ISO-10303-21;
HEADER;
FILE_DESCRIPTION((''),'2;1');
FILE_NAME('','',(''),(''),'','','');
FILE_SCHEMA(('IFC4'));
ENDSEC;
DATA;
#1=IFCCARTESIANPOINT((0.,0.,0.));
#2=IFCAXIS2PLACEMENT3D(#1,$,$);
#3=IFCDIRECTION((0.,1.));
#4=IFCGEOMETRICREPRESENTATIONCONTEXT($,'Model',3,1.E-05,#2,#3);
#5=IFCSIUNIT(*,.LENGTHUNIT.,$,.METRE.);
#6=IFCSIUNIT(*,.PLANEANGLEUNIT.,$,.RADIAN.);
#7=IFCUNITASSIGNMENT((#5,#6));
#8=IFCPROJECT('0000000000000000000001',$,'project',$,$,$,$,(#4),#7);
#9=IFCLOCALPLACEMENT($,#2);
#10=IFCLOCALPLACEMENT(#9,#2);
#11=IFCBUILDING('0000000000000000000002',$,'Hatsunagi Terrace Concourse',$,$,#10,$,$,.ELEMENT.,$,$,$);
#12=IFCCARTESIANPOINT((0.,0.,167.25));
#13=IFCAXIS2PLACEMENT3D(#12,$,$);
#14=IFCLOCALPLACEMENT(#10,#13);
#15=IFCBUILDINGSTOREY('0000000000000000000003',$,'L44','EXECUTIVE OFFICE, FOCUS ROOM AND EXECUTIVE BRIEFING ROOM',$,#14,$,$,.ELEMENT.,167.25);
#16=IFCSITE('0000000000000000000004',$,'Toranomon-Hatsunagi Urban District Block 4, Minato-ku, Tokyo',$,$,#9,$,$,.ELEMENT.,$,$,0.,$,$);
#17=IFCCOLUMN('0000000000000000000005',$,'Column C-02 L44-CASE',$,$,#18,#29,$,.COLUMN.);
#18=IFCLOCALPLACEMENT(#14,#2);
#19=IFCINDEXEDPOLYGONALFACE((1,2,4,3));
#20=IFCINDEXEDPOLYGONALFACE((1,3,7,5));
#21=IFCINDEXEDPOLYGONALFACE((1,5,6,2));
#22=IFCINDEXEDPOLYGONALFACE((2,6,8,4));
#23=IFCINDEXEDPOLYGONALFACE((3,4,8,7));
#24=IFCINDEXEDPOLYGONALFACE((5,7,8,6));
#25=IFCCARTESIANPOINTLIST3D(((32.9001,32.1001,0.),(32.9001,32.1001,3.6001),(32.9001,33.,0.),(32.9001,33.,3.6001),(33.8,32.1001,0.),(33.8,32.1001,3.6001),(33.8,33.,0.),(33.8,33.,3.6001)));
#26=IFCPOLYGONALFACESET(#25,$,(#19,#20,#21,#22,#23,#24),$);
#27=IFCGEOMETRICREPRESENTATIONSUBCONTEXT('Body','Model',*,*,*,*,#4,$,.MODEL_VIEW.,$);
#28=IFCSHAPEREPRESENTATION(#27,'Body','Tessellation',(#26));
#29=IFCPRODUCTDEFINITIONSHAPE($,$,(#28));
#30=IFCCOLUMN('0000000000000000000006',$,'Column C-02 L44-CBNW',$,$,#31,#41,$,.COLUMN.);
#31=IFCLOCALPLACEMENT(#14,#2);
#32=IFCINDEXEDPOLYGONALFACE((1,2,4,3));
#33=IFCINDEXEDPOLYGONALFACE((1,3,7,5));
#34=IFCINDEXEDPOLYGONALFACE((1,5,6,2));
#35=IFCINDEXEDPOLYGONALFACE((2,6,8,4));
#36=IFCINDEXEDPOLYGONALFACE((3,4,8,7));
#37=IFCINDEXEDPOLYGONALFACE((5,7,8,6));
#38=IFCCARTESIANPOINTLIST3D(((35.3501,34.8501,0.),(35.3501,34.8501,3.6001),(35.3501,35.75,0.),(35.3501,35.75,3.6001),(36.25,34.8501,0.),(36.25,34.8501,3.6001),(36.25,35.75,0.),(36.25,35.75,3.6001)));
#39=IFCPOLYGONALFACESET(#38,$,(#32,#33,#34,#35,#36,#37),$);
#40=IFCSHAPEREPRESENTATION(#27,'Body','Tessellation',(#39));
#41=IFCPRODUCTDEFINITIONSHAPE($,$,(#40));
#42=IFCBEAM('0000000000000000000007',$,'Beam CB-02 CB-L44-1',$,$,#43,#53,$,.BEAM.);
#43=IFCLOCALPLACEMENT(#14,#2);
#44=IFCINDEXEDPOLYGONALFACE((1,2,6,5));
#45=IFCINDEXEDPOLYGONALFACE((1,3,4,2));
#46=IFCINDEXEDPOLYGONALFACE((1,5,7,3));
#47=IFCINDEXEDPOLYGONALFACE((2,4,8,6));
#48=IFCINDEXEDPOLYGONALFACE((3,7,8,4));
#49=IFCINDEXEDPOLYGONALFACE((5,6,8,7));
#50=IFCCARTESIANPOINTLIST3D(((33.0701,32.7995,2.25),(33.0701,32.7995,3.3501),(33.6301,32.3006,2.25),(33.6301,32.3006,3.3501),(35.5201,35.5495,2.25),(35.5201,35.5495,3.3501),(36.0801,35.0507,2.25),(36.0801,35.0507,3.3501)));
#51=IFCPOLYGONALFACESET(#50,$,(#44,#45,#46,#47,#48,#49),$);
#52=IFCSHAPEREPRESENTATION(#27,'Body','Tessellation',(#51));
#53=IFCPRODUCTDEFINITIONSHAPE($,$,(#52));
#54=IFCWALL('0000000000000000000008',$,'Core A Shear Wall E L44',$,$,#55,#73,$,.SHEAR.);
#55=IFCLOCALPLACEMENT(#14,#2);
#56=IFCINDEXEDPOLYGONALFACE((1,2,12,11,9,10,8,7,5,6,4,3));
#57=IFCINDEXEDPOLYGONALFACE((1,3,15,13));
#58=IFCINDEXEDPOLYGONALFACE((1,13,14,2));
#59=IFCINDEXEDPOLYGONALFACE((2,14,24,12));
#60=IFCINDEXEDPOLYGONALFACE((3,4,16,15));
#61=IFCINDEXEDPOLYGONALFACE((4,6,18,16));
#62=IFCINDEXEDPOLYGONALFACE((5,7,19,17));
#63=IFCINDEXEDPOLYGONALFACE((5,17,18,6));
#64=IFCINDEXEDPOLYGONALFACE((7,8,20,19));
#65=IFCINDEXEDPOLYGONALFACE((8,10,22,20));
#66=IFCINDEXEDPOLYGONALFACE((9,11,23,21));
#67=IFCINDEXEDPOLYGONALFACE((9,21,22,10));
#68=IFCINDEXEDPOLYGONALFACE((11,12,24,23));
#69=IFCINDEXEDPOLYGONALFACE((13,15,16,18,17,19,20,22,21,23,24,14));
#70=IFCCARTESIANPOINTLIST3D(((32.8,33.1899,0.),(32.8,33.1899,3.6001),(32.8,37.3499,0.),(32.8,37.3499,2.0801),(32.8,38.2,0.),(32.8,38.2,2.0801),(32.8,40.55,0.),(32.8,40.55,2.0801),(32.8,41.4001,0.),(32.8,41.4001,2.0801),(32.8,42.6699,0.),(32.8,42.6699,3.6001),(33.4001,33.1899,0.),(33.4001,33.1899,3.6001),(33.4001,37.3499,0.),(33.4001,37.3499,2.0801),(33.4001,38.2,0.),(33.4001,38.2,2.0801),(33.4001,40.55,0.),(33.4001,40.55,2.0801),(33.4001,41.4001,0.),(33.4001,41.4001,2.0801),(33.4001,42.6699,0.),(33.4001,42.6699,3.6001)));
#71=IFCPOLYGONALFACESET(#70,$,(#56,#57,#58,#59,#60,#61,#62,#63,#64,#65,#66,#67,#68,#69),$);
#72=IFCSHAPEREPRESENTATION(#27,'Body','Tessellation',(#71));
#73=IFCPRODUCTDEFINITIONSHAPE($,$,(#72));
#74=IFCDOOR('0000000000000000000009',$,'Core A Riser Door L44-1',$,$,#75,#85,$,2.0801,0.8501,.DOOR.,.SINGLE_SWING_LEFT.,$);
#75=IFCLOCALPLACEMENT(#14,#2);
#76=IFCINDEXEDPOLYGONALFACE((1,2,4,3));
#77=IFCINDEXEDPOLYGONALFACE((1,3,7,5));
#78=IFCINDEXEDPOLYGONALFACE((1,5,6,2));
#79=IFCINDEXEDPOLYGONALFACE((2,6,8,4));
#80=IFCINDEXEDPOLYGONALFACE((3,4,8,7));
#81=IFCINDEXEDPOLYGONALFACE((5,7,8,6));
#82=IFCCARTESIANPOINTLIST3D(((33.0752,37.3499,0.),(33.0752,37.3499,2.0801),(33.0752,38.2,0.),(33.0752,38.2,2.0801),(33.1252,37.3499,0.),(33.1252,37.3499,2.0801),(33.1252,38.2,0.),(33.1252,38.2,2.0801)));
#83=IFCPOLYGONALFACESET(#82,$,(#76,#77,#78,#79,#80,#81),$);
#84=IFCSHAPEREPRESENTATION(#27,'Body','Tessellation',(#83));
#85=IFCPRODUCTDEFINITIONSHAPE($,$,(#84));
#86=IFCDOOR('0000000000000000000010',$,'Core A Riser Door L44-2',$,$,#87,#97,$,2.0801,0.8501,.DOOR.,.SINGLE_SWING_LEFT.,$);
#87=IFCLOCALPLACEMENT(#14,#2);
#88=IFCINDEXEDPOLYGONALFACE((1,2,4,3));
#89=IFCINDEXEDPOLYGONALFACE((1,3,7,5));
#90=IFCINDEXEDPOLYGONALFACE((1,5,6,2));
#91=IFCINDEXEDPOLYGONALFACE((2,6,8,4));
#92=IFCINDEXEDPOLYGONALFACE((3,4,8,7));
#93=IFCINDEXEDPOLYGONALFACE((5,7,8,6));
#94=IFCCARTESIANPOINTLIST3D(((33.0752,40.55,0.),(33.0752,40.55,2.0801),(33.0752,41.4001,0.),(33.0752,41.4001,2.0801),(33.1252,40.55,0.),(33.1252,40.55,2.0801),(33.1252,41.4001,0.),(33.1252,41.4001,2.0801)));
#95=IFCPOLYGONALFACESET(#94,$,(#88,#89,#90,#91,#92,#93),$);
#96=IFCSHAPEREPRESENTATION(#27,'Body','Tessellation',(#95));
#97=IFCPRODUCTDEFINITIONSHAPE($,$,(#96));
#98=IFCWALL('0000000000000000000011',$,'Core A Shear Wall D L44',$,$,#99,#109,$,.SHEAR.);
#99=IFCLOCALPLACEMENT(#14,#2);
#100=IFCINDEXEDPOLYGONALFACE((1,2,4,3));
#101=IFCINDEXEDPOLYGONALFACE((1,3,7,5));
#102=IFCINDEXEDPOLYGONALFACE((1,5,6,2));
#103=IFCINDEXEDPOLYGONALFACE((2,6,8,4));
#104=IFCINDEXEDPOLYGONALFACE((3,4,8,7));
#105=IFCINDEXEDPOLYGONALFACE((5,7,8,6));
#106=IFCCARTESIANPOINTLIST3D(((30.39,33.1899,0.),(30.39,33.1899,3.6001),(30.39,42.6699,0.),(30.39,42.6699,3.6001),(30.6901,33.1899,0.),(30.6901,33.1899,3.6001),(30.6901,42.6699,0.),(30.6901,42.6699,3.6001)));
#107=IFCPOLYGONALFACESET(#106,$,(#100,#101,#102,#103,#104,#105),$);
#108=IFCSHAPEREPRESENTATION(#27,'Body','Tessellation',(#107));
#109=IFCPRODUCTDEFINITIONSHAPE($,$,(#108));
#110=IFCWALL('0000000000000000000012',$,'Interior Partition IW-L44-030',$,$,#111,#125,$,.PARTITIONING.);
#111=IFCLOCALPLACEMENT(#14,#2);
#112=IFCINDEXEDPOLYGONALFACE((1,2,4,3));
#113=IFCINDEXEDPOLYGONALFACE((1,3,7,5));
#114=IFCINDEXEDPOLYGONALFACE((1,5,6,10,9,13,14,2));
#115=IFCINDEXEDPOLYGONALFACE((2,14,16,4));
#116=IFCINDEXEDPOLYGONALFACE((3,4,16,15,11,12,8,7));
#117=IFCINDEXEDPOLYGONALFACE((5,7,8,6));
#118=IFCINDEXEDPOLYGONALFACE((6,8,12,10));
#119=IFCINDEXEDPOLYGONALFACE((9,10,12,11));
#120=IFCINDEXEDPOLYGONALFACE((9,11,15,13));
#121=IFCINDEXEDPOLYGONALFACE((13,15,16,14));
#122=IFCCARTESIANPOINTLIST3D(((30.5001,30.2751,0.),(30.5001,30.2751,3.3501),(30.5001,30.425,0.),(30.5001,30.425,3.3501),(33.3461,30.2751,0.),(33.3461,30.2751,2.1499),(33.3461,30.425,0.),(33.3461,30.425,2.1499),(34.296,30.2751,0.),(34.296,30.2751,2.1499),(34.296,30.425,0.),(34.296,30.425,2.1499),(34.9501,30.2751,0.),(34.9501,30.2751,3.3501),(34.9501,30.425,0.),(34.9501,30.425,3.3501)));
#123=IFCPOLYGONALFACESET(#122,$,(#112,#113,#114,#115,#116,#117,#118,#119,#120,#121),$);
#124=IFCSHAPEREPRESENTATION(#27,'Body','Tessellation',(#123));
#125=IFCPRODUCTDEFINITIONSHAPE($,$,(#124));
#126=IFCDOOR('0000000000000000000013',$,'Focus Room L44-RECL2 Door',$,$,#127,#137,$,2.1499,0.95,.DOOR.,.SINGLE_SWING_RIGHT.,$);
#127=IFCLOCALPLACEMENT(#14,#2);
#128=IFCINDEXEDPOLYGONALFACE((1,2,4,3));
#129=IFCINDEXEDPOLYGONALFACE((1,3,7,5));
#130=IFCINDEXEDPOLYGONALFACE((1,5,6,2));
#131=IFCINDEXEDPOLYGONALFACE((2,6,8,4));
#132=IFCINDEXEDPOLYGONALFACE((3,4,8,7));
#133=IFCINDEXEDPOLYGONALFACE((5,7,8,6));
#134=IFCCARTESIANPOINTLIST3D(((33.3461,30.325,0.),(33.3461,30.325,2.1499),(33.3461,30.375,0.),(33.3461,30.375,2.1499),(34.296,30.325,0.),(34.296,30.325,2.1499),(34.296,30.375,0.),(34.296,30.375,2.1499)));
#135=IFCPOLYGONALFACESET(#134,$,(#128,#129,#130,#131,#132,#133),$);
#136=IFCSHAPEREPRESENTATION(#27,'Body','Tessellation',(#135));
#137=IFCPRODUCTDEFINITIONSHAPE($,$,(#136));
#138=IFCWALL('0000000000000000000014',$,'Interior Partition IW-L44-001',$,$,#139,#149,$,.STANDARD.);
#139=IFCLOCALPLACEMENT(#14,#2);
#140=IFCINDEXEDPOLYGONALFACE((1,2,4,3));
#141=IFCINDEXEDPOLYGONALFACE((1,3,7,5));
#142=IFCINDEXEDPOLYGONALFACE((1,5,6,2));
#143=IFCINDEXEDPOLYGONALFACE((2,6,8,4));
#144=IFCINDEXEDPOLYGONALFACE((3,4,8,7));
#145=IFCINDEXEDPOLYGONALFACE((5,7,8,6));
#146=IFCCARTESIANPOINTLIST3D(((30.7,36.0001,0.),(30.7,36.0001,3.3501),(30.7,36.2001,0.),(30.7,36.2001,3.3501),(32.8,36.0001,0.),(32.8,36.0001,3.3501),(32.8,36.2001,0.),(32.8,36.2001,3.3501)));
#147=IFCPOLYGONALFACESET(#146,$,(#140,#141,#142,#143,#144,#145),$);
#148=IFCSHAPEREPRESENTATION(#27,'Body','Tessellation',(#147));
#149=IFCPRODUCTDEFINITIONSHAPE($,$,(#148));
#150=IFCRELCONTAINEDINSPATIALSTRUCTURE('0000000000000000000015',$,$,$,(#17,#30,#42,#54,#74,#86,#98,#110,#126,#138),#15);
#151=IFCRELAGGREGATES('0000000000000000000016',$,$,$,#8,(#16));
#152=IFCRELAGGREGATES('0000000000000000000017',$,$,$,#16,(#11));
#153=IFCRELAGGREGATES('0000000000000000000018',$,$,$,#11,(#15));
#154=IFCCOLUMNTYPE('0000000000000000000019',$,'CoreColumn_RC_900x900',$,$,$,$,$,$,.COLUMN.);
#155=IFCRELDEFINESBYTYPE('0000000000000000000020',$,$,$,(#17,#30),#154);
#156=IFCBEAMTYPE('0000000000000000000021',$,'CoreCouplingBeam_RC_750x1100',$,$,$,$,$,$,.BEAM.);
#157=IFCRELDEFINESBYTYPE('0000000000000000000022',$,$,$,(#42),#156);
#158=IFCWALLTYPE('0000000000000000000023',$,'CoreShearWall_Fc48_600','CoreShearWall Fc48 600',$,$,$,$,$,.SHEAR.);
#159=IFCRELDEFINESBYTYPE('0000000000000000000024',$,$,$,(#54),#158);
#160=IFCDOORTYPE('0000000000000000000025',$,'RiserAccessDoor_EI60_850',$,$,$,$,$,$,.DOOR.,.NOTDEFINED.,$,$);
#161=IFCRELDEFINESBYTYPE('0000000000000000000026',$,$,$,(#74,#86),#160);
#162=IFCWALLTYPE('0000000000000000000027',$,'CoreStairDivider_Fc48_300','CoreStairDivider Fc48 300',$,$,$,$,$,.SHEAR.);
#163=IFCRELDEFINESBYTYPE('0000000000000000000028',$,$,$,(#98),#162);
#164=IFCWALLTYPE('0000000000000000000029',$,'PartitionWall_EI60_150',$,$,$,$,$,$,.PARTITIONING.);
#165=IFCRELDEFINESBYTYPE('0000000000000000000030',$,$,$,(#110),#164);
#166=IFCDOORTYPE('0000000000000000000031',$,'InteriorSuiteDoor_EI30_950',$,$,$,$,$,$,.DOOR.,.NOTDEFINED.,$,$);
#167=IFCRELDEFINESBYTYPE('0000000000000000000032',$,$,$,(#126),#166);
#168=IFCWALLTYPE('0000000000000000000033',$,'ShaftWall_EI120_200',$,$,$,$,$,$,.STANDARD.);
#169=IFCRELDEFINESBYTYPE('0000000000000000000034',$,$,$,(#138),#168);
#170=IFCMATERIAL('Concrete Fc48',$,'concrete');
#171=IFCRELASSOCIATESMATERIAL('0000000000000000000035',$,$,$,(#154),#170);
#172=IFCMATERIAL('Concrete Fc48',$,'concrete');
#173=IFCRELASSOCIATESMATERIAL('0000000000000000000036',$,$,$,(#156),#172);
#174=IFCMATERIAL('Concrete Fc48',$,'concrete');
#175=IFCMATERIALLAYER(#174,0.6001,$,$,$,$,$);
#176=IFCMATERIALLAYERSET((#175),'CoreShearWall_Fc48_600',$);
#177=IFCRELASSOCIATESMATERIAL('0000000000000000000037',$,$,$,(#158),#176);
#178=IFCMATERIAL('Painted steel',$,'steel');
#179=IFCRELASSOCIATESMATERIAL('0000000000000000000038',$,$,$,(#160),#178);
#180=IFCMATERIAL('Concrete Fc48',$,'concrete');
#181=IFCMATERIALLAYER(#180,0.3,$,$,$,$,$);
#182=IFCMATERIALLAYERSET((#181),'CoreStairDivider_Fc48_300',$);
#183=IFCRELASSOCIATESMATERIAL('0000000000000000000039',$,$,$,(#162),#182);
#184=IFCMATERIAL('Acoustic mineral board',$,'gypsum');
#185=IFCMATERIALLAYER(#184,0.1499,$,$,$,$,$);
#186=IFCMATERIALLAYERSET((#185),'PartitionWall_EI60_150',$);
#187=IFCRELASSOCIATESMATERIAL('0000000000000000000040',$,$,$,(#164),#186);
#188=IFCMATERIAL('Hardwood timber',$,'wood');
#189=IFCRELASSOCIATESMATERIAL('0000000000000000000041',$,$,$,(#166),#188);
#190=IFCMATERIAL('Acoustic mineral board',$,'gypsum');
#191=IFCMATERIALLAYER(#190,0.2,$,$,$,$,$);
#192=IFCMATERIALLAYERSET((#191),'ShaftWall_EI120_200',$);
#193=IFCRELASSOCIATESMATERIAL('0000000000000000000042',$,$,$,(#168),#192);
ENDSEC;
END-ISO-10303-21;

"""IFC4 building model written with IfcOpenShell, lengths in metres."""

from ifc_helpers import new_model, si_unit, direction, frame, frame_2d, origin, origin_2d, place, context, subcontext, project, spatial, rectangle, extrude, material, layer, layer_set, material_profile, profile_set, type_object, element, fill, save


model = new_model("IFC4")

# Units and contexts
model_context = context("Model", 3, precision=1e-05, world=origin(), true_north=direction((0.0, 1.0)))
body_context = subcontext(model_context, "Body", "Model", "MODEL_VIEW")
ifc_project = project(units=[si_unit("LENGTHUNIT", "METRE"), si_unit("PLANEANGLEUNIT", "RADIAN")], contexts=[model_context])

# Site, building, storey
site_placement = place(None, origin())
site = spatial("IfcSite", under=ifc_project, at=site_placement, Name="Toranomon-Hatsunagi Urban District Block 4, Minato-ku, Tokyo", CompositionType="ELEMENT", RefElevation=0.0)
building_placement = place(site_placement, origin())
building = spatial("IfcBuilding", under=site, at=building_placement, Name="Hatsunagi Terrace Concourse", CompositionType="ELEMENT")
storey_placement = place(building_placement, frame((0.0, 0.0, 167.25)))
storey = spatial("IfcBuildingStorey", under=building, at=storey_placement, Name="L44", Description="EXECUTIVE OFFICE, FOCUS ROOM AND EXECUTIVE BRIEFING ROOM", CompositionType="ELEMENT", Elevation=167.25)

# Columns
ifc_material_1 = material(Name="Concrete Fc48", Category="concrete")
ifc_material_profile_1 = material_profile(ifc_material_1, rectangle(XDim=0.8999, YDim=0.8999, at=origin_2d()), Name="RC-900x900")
ifc_profile_set_1 = profile_set([ifc_material_profile_1], Name="Concrete Fc48")
column_type = type_object("IfcColumnType", Name="CoreColumn_RC_900x900", PredefinedType="COLUMN", material=ifc_profile_set_1)
for number, where, z_axis, x_axis, name in (
    (1, (33.3501, 32.55, 0.0), (0.0, 0.0, 1.0), (1.0, 0.0, 0.0), "Column C-02 L44-CASE"),
    (2, (35.8, 35.3, 0.0), (0.0, 0.0, 1.0), (1.0, 0.0, 0.0), "Column C-02 L44-CBNW"),
):
    element("IfcColumn", number, at=place(storey_placement, frame(where, z_axis=z_axis, x_axis=x_axis)), inside=storey, type_object=column_type, Name=name, PredefinedType="COLUMN", context=body_context, shape_type="SweptSolid", body=[
        extrude(rectangle(XDim=0.8999, YDim=0.8999, at=origin_2d()), origin(), (0.0, 0.0, 1.0), 3.6001),
    ])

# Beam
ifc_material_2 = material(Name="Concrete Fc48", Category="concrete")
ifc_material_profile_2 = material_profile(ifc_material_2, rectangle(XDim=0.75, YDim=1.1001, at=origin_2d()), Name="RC-750x1100")
ifc_profile_set_2 = profile_set([ifc_material_profile_2], Name="Concrete Fc48")
beam_type = type_object("IfcBeamType", Name="CoreCouplingBeam_RC_750x1100", PredefinedType="BEAM", material=ifc_profile_set_2)
beam_placement = place(storey_placement, frame((33.3501, 32.55, 2.8), z_axis=(0.665199, 0.746666, 0.0), x_axis=(-0.746666, 0.665199, 0.0)))
element("IfcBeam", 3, at=beam_placement, inside=storey, type_object=beam_type, Name="Beam CB-02 CB-L44-1", PredefinedType="BEAM", context=body_context, shape_type="SweptSolid", body=[
    extrude(rectangle(XDim=0.75, YDim=1.1001, at=origin_2d()), origin(), (0.0, 0.0, 1.0), 3.6831),
])

# Wall, openings, doors
ifc_material_3 = material(Name="Concrete Fc48", Category="concrete")
ifc_layer_1 = layer(ifc_material_3, 0.6001)
ifc_layer_set_1 = layer_set([ifc_layer_1], Name="CoreShearWall_Fc48_600")
wall_type_1 = type_object("IfcWallType", Name="CoreShearWall_Fc48_600", Description="CoreShearWall Fc48 600", PredefinedType="SHEAR", material=ifc_layer_set_1)
wall_1_placement = place(storey_placement, frame((33.1001, 33.1899, 0.0), z_axis=(0.0, 0.0, 1.0), x_axis=(0.0, 1.0, 0.0)))
wall_1 = element("IfcWall", 4, at=wall_1_placement, inside=storey, type_object=wall_type_1, Name="Core A Shear Wall E L44", PredefinedType="SHEAR", context=body_context, shape_type="SweptSolid", body=[
    extrude(rectangle(XDim=9.48, YDim=0.6001, at=frame_2d((4.74, 0.0))), origin(), (0.0, 0.0, 1.0), 3.6001),
])
opening_1_placement = place(wall_1_placement, frame((4.1599, 0.0, 0.0)))
opening_1 = element("IfcOpeningElement", 5, at=opening_1_placement, cuts=wall_1, PredefinedType="OPENING", context=body_context, shape_type="SweptSolid", body=[
    extrude(rectangle(XDim=0.8501, YDim=2.0801, at=frame_2d((0.425, 1.04))), frame((0.0, 0.3101, 0.0), z_axis=(0.0, -1.0, 0.0), x_axis=(1.0, 0.0, 0.0)), (0.0, 0.0, 1.0), 0.6201),
])
opening_2_placement = place(wall_1_placement, frame((7.3601, 0.0, 0.0)))
opening_2 = element("IfcOpeningElement", 6, at=opening_2_placement, cuts=wall_1, PredefinedType="OPENING", context=body_context, shape_type="SweptSolid", body=[
    extrude(rectangle(XDim=0.8501, YDim=2.0801, at=frame_2d((0.425, 1.04))), frame((0.0, 0.3101, 0.0), z_axis=(0.0, -1.0, 0.0), x_axis=(1.0, 0.0, 0.0)), (0.0, 0.0, 1.0), 0.6201),
])
ifc_material_4 = material(Name="Painted steel", Category="steel")
door_type_1 = type_object("IfcDoorType", Name="RiserAccessDoor_EI60_850", OperationType="NOTDEFINED", PredefinedType="DOOR", material=ifc_material_4)
door_1_placement = place(opening_1_placement, origin())
door_1 = element("IfcDoor", 7, at=door_1_placement, inside=storey, type_object=door_type_1, Name="Core A Riser Door L44-1", OperationType="SINGLE_SWING_LEFT", OverallHeight=2.0801, OverallWidth=0.8501, PredefinedType="DOOR", context=body_context, shape_type="SweptSolid", body=[
    extrude(rectangle(XDim=0.8501, YDim=2.0801, at=frame_2d((0.425, 1.04))), frame((0.0, 0.0249, 0.0), z_axis=(0.0, -1.0, 0.0), x_axis=(1.0, 0.0, 0.0)), (0.0, 0.0, 1.0), 0.05),
])
fill(opening_1, door_1)
door_2_placement = place(opening_2_placement, origin())
door_2 = element("IfcDoor", 8, at=door_2_placement, inside=storey, type_object=door_type_1, Name="Core A Riser Door L44-2", OperationType="SINGLE_SWING_LEFT", OverallHeight=2.0801, OverallWidth=0.8501, PredefinedType="DOOR", context=body_context, shape_type="SweptSolid", body=[
    extrude(rectangle(XDim=0.8501, YDim=2.0801, at=frame_2d((0.425, 1.04))), frame((0.0, 0.0249, 0.0), z_axis=(0.0, -1.0, 0.0), x_axis=(1.0, 0.0, 0.0)), (0.0, 0.0, 1.0), 0.05),
])
fill(opening_2, door_2)

# Wall
ifc_material_5 = material(Name="Concrete Fc48", Category="concrete")
ifc_layer_2 = layer(ifc_material_5, 0.3)
ifc_layer_set_2 = layer_set([ifc_layer_2], Name="CoreStairDivider_Fc48_300")
wall_type_2 = type_object("IfcWallType", Name="CoreStairDivider_Fc48_300", Description="CoreStairDivider Fc48 300", PredefinedType="SHEAR", material=ifc_layer_set_2)
wall_2_placement = place(storey_placement, frame((30.54, 33.1899, 0.0), z_axis=(0.0, 0.0, 1.0), x_axis=(0.0, 1.0, 0.0)))
element("IfcWall", 9, at=wall_2_placement, inside=storey, type_object=wall_type_2, Name="Core A Shear Wall D L44", PredefinedType="SHEAR", context=body_context, shape_type="SweptSolid", body=[
    extrude(rectangle(XDim=9.48, YDim=0.3, at=frame_2d((4.74, 0.0))), origin(), (0.0, 0.0, 1.0), 3.6001),
])

# Wall, opening, door
ifc_material_6 = material(Name="Acoustic mineral board", Category="gypsum")
ifc_layer_3 = layer(ifc_material_6, 0.1499)
ifc_layer_set_3 = layer_set([ifc_layer_3], Name="PartitionWall_EI60_150")
wall_type_3 = type_object("IfcWallType", Name="PartitionWall_EI60_150", PredefinedType="PARTITIONING", material=ifc_layer_set_3)
wall_3_placement = place(storey_placement, frame((30.5, 30.3501, 0.0), z_axis=(0.0, 0.0, 1.0), x_axis=(1.0, 0.0, 0.0)))
wall_3 = element("IfcWall", 10, at=wall_3_placement, inside=storey, type_object=wall_type_3, Name="Interior Partition IW-L44-030", PredefinedType="PARTITIONING", context=body_context, shape_type="SweptSolid", body=[
    extrude(rectangle(XDim=4.45, YDim=0.1499, at=frame_2d((2.2251, 0.0))), origin(), (0.0, 0.0, 1.0), 3.3501),
])
opening_3_placement = place(wall_3_placement, frame((2.8459, 0.0, 0.0)))
opening_3 = element("IfcOpeningElement", 11, at=opening_3_placement, cuts=wall_3, PredefinedType="OPENING", context=body_context, shape_type="SweptSolid", body=[
    extrude(rectangle(XDim=0.95, YDim=2.1499, at=frame_2d((0.4751, 1.075))), frame((0.0, 0.085, 0.0), z_axis=(0.0, -1.0, 0.0), x_axis=(1.0, 0.0, 0.0)), (0.0, 0.0, 1.0), 0.1699),
])
ifc_material_7 = material(Name="Hardwood timber", Category="wood")
door_type_2 = type_object("IfcDoorType", Name="InteriorSuiteDoor_EI30_950", OperationType="NOTDEFINED", PredefinedType="DOOR", material=ifc_material_7)
door_3_placement = place(opening_3_placement, origin())
door_3 = element("IfcDoor", 12, at=door_3_placement, inside=storey, type_object=door_type_2, Name="Focus Room L44-RECL2 Door", OperationType="SINGLE_SWING_RIGHT", OverallHeight=2.1499, OverallWidth=0.95, PredefinedType="DOOR", context=body_context, shape_type="SweptSolid", body=[
    extrude(rectangle(XDim=0.95, YDim=2.1499, at=frame_2d((0.4751, 1.075))), frame((0.0, 0.0249, 0.0), z_axis=(0.0, -1.0, 0.0), x_axis=(1.0, 0.0, 0.0)), (0.0, 0.0, 1.0), 0.05),
])
fill(opening_3, door_3)

# Wall
ifc_material_8 = material(Name="Acoustic mineral board", Category="gypsum")
ifc_layer_4 = layer(ifc_material_8, 0.2)
ifc_layer_set_4 = layer_set([ifc_layer_4], Name="ShaftWall_EI120_200")
wall_type_4 = type_object("IfcWallType", Name="ShaftWall_EI120_200", PredefinedType="STANDARD", material=ifc_layer_set_4)
wall_4_placement = place(storey_placement, frame((30.7, 36.1001, 0.0), z_axis=(0.0, 0.0, 1.0), x_axis=(1.0, 0.0, 0.0)))
element("IfcWall", 13, at=wall_4_placement, inside=storey, type_object=wall_type_4, Name="Interior Partition IW-L44-001", PredefinedType="STANDARD", context=body_context, shape_type="SweptSolid", body=[
    extrude(rectangle(XDim=2.1001, YDim=0.2, at=frame_2d((1.05, 0.0))), origin(), (0.0, 0.0, 1.0), 3.3501),
])

save(model, "model.ifc")
